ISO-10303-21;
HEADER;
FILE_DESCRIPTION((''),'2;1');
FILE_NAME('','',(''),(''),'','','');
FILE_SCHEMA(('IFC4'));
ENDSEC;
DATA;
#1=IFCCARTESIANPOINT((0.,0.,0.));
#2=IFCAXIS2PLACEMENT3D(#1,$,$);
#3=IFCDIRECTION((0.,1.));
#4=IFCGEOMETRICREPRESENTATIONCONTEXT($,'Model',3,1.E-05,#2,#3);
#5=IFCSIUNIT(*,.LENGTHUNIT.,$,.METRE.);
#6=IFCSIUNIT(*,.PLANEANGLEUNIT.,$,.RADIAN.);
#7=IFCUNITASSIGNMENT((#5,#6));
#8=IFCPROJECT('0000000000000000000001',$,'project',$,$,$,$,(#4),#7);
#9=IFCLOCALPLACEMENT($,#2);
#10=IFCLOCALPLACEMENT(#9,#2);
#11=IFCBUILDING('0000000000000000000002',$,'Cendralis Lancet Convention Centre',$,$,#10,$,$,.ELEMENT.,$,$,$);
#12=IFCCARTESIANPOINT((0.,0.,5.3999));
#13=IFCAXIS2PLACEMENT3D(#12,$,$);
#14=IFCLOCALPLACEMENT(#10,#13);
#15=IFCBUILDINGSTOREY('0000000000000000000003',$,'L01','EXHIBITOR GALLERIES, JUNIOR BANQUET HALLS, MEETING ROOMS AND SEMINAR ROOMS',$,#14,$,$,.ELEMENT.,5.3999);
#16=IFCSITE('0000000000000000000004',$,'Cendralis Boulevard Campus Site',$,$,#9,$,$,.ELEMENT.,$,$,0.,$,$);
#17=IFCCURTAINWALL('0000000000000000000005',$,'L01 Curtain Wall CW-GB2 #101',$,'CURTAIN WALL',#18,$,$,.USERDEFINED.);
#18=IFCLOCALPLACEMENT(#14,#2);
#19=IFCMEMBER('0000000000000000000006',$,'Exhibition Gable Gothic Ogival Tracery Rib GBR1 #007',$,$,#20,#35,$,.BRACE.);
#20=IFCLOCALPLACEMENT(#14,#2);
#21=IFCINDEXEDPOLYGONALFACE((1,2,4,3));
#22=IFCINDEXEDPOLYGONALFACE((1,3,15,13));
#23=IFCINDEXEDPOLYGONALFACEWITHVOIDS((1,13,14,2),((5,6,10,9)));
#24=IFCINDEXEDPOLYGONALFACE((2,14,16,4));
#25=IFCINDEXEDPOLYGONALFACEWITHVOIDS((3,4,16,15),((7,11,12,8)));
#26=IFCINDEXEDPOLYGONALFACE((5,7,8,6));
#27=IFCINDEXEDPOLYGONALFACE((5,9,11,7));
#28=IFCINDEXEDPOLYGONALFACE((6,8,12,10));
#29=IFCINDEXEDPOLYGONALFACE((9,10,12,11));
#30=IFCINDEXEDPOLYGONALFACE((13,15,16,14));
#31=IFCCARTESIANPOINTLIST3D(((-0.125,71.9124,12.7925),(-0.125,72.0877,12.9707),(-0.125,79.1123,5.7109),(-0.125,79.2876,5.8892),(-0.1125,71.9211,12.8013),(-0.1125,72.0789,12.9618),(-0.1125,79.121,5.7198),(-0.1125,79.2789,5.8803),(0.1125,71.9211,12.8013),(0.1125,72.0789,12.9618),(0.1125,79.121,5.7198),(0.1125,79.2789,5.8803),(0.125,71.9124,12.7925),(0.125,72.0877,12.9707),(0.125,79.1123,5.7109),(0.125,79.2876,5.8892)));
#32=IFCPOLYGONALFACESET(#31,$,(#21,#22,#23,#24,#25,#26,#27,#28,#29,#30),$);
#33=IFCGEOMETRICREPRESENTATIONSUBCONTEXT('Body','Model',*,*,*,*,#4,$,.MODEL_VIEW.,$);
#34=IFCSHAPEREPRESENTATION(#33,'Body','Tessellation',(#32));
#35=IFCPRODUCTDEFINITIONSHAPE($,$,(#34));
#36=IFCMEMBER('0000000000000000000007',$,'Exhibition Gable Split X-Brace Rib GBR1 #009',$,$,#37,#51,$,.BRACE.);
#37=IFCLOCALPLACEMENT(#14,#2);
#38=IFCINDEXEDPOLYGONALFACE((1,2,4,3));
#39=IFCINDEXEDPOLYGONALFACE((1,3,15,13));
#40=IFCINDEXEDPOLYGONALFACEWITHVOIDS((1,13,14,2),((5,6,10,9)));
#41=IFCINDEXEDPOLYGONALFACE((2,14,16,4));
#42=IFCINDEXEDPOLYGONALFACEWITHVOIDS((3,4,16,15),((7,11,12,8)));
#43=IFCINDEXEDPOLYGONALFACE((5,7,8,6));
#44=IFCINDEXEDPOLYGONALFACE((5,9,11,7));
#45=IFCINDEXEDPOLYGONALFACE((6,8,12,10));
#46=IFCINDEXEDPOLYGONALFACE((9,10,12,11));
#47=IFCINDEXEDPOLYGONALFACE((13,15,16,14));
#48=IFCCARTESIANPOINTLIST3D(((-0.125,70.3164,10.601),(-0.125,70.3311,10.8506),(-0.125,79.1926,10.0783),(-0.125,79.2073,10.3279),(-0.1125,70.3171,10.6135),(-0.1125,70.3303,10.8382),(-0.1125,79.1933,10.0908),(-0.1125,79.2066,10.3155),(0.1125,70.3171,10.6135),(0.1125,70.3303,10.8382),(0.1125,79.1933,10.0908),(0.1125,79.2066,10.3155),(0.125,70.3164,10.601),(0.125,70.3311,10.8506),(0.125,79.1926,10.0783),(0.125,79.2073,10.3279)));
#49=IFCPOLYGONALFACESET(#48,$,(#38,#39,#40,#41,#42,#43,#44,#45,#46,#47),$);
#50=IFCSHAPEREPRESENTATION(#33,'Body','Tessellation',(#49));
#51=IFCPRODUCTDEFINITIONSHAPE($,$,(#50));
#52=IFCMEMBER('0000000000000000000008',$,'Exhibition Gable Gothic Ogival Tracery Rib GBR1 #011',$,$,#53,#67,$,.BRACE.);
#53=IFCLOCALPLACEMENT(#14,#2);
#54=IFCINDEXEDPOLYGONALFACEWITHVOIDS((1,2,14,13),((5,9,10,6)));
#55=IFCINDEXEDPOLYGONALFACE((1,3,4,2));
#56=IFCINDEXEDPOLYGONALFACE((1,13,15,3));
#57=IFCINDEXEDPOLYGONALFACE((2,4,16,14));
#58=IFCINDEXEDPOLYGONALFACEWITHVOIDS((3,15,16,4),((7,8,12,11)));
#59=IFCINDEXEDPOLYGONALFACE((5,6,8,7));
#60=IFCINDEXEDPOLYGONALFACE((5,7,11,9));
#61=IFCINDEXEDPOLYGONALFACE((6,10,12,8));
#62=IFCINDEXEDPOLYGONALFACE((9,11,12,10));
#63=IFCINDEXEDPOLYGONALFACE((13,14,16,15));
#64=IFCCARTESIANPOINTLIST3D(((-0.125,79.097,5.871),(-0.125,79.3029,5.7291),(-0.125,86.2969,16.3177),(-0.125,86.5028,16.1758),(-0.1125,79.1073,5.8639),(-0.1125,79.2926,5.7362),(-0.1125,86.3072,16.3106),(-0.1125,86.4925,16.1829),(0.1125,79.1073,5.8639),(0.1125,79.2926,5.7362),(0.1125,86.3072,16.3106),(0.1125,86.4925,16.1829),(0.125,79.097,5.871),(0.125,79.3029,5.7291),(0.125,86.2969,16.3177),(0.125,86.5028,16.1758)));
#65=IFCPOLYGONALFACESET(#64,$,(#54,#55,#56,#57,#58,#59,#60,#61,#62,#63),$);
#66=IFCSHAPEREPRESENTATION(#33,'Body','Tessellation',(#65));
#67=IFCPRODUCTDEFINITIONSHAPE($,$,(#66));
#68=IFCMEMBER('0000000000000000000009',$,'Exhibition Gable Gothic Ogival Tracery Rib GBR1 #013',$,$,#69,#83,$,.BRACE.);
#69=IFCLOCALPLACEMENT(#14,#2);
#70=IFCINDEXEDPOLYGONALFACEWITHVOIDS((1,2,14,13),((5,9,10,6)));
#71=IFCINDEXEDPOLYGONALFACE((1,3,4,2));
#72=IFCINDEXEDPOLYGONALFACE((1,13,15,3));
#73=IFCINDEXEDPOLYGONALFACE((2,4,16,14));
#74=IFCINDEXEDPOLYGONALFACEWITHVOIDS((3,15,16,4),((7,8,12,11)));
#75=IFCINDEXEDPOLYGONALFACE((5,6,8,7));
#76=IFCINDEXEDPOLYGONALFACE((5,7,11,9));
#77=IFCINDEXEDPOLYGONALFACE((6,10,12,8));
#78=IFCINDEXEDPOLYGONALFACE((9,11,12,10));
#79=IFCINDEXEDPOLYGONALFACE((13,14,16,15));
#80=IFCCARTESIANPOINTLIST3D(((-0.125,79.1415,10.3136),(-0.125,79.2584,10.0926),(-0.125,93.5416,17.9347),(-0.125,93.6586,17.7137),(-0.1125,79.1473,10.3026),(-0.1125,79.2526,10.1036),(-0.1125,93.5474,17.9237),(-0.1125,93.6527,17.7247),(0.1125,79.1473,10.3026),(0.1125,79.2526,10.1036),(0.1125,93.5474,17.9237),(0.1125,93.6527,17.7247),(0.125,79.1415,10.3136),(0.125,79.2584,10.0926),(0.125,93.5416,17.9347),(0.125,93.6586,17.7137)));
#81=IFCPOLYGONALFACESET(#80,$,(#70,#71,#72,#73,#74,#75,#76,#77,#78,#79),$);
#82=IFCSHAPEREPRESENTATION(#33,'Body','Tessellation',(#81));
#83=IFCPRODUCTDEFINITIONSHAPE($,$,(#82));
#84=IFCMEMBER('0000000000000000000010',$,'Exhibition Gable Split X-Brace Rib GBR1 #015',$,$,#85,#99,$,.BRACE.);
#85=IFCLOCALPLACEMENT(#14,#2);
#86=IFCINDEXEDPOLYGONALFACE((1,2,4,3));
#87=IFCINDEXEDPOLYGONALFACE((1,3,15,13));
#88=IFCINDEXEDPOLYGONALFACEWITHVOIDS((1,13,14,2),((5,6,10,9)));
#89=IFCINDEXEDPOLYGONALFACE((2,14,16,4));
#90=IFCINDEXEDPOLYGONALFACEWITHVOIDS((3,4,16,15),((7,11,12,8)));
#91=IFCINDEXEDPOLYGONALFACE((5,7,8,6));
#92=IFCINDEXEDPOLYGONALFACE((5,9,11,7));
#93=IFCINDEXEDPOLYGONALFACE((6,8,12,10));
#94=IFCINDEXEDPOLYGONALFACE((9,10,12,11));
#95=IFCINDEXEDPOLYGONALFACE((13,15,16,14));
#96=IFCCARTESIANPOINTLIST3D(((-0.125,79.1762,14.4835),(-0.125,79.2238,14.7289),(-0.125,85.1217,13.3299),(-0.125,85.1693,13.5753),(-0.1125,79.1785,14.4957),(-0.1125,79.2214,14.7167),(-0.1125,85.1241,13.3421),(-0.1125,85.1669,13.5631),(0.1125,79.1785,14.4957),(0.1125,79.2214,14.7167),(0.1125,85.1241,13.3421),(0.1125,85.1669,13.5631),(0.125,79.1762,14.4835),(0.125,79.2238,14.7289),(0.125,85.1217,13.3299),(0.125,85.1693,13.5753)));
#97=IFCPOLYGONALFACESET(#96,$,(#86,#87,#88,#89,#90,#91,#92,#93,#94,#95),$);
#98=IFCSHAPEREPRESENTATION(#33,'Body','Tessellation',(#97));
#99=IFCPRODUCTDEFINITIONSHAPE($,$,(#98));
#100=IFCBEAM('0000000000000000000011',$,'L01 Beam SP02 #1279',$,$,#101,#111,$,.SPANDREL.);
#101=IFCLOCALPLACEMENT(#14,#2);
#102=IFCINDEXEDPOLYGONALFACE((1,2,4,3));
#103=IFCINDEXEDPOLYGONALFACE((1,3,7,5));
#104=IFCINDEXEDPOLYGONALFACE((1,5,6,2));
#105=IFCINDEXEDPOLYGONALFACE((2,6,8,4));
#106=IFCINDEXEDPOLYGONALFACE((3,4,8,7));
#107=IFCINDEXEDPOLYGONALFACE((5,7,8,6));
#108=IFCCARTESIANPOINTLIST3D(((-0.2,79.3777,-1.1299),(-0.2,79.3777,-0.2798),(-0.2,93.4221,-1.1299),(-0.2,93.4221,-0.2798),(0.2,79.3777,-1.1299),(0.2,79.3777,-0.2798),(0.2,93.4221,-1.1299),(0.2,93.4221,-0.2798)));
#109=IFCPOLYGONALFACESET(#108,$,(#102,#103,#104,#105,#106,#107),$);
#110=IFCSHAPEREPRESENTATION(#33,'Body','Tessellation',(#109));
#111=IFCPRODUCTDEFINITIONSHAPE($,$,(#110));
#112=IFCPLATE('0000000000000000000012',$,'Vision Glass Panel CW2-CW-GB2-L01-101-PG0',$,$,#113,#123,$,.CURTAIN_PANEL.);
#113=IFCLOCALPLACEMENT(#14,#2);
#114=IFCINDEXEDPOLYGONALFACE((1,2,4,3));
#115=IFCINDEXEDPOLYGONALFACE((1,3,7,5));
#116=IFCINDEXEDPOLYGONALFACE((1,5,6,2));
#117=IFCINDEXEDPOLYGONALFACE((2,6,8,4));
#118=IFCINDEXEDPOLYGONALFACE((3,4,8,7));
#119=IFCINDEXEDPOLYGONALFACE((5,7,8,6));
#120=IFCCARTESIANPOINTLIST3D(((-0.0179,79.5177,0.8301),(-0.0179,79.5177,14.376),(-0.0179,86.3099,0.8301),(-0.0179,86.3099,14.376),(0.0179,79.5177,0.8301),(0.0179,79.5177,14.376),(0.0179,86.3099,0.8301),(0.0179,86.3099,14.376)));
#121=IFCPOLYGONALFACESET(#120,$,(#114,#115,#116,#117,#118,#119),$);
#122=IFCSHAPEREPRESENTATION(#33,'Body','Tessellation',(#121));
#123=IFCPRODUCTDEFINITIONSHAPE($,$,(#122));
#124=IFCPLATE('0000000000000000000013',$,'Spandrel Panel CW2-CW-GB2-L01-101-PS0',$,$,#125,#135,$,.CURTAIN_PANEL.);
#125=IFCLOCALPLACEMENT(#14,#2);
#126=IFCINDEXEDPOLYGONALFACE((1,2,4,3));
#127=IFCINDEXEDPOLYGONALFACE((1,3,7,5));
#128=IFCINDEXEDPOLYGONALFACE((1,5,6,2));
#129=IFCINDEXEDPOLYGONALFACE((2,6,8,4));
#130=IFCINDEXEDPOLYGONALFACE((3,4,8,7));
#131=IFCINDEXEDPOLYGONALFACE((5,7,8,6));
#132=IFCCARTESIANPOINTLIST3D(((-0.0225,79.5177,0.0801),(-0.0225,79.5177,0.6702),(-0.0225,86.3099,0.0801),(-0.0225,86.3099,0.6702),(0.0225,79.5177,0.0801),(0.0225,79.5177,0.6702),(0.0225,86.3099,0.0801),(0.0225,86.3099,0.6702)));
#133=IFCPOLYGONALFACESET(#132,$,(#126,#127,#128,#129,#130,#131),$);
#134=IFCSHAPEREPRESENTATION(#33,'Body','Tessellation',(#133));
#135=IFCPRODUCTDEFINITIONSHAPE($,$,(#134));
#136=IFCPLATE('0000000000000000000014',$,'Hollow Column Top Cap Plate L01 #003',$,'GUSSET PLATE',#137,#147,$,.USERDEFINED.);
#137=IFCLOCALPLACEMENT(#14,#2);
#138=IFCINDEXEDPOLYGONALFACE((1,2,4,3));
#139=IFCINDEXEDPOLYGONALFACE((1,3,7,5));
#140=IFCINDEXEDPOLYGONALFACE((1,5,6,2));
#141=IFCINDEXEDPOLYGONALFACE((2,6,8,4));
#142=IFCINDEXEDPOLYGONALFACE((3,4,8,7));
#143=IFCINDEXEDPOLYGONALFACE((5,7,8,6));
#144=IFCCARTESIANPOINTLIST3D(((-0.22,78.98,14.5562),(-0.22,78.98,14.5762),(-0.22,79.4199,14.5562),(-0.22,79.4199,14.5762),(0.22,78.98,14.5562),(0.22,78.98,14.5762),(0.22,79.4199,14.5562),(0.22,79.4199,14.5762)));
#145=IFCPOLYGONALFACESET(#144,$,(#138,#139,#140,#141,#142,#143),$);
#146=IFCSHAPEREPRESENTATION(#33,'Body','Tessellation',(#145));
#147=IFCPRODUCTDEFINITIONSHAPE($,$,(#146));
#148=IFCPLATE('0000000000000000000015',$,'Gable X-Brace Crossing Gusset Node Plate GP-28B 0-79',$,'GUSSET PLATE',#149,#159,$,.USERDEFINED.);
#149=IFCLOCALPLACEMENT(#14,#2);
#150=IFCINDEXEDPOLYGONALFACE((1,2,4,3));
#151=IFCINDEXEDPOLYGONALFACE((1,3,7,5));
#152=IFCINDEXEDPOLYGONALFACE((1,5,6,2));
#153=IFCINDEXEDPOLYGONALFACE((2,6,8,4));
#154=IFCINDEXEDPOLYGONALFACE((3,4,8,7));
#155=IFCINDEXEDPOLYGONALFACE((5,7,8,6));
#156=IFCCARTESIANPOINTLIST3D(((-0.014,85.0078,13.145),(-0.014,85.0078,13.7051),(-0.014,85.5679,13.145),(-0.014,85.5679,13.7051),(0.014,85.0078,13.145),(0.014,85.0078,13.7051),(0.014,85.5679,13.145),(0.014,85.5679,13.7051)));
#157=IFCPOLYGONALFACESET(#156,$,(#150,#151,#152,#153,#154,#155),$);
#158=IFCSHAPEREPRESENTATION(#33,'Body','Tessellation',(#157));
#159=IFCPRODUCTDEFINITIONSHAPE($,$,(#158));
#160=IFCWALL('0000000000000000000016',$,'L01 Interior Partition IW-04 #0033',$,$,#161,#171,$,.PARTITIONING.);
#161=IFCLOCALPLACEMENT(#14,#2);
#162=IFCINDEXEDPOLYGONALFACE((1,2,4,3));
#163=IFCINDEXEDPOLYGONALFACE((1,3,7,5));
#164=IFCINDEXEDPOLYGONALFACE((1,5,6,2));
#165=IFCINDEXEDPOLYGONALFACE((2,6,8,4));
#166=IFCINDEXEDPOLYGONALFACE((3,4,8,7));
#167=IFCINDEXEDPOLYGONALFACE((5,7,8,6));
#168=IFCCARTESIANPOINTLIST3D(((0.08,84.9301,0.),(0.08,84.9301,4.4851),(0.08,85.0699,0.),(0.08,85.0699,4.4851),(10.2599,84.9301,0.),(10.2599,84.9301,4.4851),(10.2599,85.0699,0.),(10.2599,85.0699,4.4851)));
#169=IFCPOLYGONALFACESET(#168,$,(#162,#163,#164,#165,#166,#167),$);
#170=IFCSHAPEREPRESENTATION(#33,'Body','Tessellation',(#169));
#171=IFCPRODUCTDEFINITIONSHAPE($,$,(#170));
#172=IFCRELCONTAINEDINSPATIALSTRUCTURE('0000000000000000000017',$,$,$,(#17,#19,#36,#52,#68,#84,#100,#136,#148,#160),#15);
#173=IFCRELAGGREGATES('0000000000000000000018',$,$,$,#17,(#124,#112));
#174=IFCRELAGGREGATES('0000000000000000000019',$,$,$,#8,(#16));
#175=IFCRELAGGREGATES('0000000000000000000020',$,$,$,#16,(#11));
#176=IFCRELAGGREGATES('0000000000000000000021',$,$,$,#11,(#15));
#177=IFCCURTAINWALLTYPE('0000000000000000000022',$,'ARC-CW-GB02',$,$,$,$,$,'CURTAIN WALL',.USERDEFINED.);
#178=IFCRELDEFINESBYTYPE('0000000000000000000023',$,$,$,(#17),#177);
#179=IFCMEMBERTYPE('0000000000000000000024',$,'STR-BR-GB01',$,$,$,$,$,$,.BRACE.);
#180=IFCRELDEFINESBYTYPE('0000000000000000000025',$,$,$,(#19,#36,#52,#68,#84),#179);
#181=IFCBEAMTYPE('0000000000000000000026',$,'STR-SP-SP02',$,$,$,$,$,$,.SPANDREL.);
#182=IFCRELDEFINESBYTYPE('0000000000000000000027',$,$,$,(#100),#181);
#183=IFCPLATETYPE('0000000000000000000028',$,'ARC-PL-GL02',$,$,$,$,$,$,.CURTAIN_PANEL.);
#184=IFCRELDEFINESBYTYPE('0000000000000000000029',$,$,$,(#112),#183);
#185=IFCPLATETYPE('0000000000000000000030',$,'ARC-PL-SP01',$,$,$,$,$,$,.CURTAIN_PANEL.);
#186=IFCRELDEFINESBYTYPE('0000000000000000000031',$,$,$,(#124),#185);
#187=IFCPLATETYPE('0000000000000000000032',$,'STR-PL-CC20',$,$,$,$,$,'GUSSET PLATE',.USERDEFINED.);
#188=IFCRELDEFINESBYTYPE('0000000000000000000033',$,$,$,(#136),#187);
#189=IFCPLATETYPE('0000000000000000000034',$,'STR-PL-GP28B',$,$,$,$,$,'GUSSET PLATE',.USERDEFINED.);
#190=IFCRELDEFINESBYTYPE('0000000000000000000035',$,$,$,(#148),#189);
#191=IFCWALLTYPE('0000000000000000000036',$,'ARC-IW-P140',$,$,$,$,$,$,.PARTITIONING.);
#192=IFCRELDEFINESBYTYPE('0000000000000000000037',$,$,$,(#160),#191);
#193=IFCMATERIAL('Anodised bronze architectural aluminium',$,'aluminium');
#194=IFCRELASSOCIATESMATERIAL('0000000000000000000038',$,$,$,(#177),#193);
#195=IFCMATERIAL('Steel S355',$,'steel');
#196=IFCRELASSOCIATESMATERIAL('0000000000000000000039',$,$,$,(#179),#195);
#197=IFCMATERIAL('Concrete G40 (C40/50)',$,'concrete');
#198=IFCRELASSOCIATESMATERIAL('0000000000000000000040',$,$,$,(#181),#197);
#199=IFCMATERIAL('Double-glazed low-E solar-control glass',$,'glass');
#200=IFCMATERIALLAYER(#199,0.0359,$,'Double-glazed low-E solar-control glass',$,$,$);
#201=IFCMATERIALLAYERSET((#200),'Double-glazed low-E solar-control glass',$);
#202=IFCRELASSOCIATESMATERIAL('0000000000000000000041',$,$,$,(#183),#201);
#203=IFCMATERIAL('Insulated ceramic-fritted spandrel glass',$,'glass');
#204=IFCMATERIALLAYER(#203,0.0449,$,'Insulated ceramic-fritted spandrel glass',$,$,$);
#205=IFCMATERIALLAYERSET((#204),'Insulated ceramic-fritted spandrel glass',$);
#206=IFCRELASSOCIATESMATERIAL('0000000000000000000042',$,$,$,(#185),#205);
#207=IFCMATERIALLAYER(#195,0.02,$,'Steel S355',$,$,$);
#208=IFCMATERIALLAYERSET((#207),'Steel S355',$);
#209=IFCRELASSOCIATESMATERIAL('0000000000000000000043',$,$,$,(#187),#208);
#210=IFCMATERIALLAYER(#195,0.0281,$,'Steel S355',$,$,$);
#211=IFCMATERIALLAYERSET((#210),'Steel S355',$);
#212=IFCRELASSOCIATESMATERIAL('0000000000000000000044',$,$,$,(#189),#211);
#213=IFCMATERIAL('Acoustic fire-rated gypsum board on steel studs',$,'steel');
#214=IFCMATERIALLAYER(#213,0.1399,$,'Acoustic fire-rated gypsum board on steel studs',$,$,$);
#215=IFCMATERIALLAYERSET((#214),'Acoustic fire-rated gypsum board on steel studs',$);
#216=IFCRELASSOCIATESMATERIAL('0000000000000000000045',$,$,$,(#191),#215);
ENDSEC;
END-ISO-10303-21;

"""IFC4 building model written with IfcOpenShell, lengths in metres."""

from ifc_helpers import new_model, si_unit, direction, frame, frame_2d, origin, origin_2d, place, context, subcontext, project, spatial, rectangle, hollow_rectangle, extrude, material, layer, layer_set, material_profile, profile_set, type_object, element, aggregate, save


model = new_model("IFC4")

# Units and contexts
model_context = context("Model", 3, precision=1e-05, world=origin(), true_north=direction((0.0, 1.0)))
body_context = subcontext(model_context, "Body", "Model", "MODEL_VIEW")
ifc_project = project(units=[si_unit("LENGTHUNIT", "METRE"), si_unit("PLANEANGLEUNIT", "RADIAN")], contexts=[model_context])

# Site, building, storey
site_placement = place(None, origin())
site = spatial("IfcSite", under=ifc_project, at=site_placement, Name="Cendralis Boulevard Campus Site", CompositionType="ELEMENT", RefElevation=0.0)
building_placement = place(site_placement, origin())
building = spatial("IfcBuilding", under=site, at=building_placement, Name="Cendralis Lancet Convention Centre", CompositionType="ELEMENT")
storey_placement = place(building_placement, frame((0.0, 0.0, 5.3999)))
storey = spatial("IfcBuildingStorey", under=building, at=storey_placement, Name="L01", Description="EXHIBITOR GALLERIES, JUNIOR BANQUET HALLS, MEETING ROOMS AND SEMINAR ROOMS", CompositionType="ELEMENT", Elevation=5.3999)

# Curtain wall
ifc_material_1 = material(Name="Anodised bronze architectural aluminium", Category="aluminium")
curtain_wall_type = type_object("IfcCurtainWallType", Name="ARC-CW-GB02", ElementType="CURTAIN WALL", PredefinedType="USERDEFINED", material=ifc_material_1)
curtain_wall_placement = place(storey_placement, origin())
curtain_wall = element("IfcCurtainWall", 1, at=curtain_wall_placement, inside=storey, type_object=curtain_wall_type, Name="L01 Curtain Wall CW-GB2 #101", ObjectType="CURTAIN WALL", PredefinedType="USERDEFINED")

# Shared definitions
ifc_material_2 = material(Name="Concrete G40 (C40/50)", Category="concrete")
ifc_material_3 = material(Name="Steel S355", Category="steel")

# Members
ifc_material_profile_1 = material_profile(ifc_material_3, hollow_rectangle(XDim=0.25, YDim=0.25, WallThickness=0.0125, at=origin_2d()), Name="SHS 250x250x12.5")
ifc_profile_set_1 = profile_set([ifc_material_profile_1], Name="Steel S355")
member_type_1 = type_object("IfcMemberType", Name="STR-BR-GB01", PredefinedType="BRACE", material=ifc_profile_set_1)
member_1_placement = place(storey_placement, frame((0.0, 79.2, 5.8), z_axis=(0.0, -0.712945, 0.70122), x_axis=(1.0, 0.0, 0.0)))
element("IfcMember", 2, at=member_1_placement, inside=storey, type_object=member_type_1, Name="Exhibition Gable Gothic Ogival Tracery Rib GBR1 #007", PredefinedType="BRACE", context=body_context, shape_type="SweptSolid", body=[
    extrude(hollow_rectangle(XDim=0.25, YDim=0.25, WallThickness=0.0125, at=origin_2d()), origin(), (0.0, 0.0, 1.0), 10.0989),
])
member_2_placement = place(storey_placement, frame((0.0, 79.2, 10.2031), z_axis=(0.0, -0.998271, 0.058786), x_axis=(1.0, 0.0, 0.0)))
element("IfcMember", 3, at=member_2_placement, inside=storey, type_object=member_type_1, Name="Exhibition Gable Split X-Brace Rib GBR1 #009", PredefinedType="BRACE", context=body_context, shape_type="SweptSolid", body=[
    extrude(hollow_rectangle(XDim=0.25, YDim=0.25, WallThickness=0.0125, at=origin_2d()), origin(), (0.0, 0.0, 1.0), 8.8916),
])
member_3_placement = place(storey_placement, frame((0.0, 79.2, 5.8), z_axis=(0.0, 0.567481, 0.823387), x_axis=(-1.0, 0.0, 0.0)))
element("IfcMember", 4, at=member_3_placement, inside=storey, type_object=member_type_1, Name="Exhibition Gable Gothic Ogival Tracery Rib GBR1 #011", PredefinedType="BRACE", context=body_context, shape_type="SweptSolid", body=[
    extrude(hollow_rectangle(XDim=0.25, YDim=0.25, WallThickness=0.0125, at=origin_2d()), origin(), (0.0, 0.0, 1.0), 12.6875),
])
member_4_placement = place(storey_placement, frame((0.0, 79.2, 10.2031), z_axis=(0.0, 0.883852, 0.467767), x_axis=(-1.0, 0.0, 0.0)))
element("IfcMember", 5, at=member_4_placement, inside=storey, type_object=member_type_1, Name="Exhibition Gable Gothic Ogival Tracery Rib GBR1 #013", PredefinedType="BRACE", context=body_context, shape_type="SweptSolid", body=[
    extrude(hollow_rectangle(XDim=0.25, YDim=0.25, WallThickness=0.0125, at=origin_2d()), origin(), (0.0, 0.0, 1.0), 16.2925),
])
member_5_placement = place(storey_placement, frame((0.0, 85.1455, 13.4526), z_axis=(0.0, -0.981693, 0.190469), x_axis=(1.0, 0.0, 0.0)))
element("IfcMember", 6, at=member_5_placement, inside=storey, type_object=member_type_1, Name="Exhibition Gable Split X-Brace Rib GBR1 #015", PredefinedType="BRACE", context=body_context, shape_type="SweptSolid", body=[
    extrude(hollow_rectangle(XDim=0.25, YDim=0.25, WallThickness=0.0125, at=origin_2d()), origin(), (0.0, 0.0, 1.0), 6.0564),
])

# Beam
ifc_material_profile_2 = material_profile(ifc_material_2, rectangle(XDim=0.3999, YDim=0.8501, at=origin_2d()), Name="RCB 400x850")
ifc_profile_set_2 = profile_set([ifc_material_profile_2], Name="Concrete G40 (C40/50)")
beam_type_1 = type_object("IfcBeamType", Name="STR-SP-SP02", PredefinedType="SPANDREL", material=ifc_profile_set_2)
beam_1_placement = place(storey_placement, frame((0.0, 79.3777, -0.7048), z_axis=(0.0, 1.0, 0.0), x_axis=(-1.0, 0.0, 0.0)))
element("IfcBeam", 7, at=beam_1_placement, inside=storey, type_object=beam_type_1, Name="L01 Beam SP02 #1279", PredefinedType="SPANDREL", context=body_context, shape_type="SweptSolid", body=[
    extrude(rectangle(XDim=0.3999, YDim=0.8501, at=origin_2d()), origin(), (0.0, 0.0, 1.0), 14.0444),
])

# Plates
ifc_material_4 = material(Name="Double-glazed low-E solar-control glass", Category="glass")
ifc_layer_1 = layer(ifc_material_4, 0.0359, Name="Double-glazed low-E solar-control glass")
ifc_layer_set_1 = layer_set([ifc_layer_1], Name="Double-glazed low-E solar-control glass")
plate_type_1 = type_object("IfcPlateType", Name="ARC-PL-GL02", PredefinedType="CURTAIN_PANEL", material=ifc_layer_set_1)
plate_1_placement = place(storey_placement, frame((0.0, 82.9138, 0.8301), z_axis=(0.0, 0.0, 1.0), x_axis=(0.0, 1.0, 0.0)))
plate_1 = element("IfcPlate", 8, at=plate_1_placement, type_object=plate_type_1, Name="Vision Glass Panel CW2-CW-GB2-L01-101-PG0", PredefinedType="CURTAIN_PANEL", context=body_context, shape_type="SweptSolid", body=[
    extrude(rectangle(XDim=6.7922, YDim=0.0359, at=origin_2d()), origin(), (0.0, 0.0, 1.0), 13.5459),
])
ifc_material_5 = material(Name="Insulated ceramic-fritted spandrel glass", Category="glass")
ifc_layer_2 = layer(ifc_material_5, 0.0449, Name="Insulated ceramic-fritted spandrel glass")
ifc_layer_set_2 = layer_set([ifc_layer_2], Name="Insulated ceramic-fritted spandrel glass")
plate_type_2 = type_object("IfcPlateType", Name="ARC-PL-SP01", PredefinedType="CURTAIN_PANEL", material=ifc_layer_set_2)
plate_2_placement = place(storey_placement, frame((0.0, 82.9138, 0.0801), z_axis=(0.0, 0.0, 1.0), x_axis=(0.0, 1.0, 0.0)))
plate_2 = element("IfcPlate", 9, at=plate_2_placement, type_object=plate_type_2, Name="Spandrel Panel CW2-CW-GB2-L01-101-PS0", PredefinedType="CURTAIN_PANEL", context=body_context, shape_type="SweptSolid", body=[
    extrude(rectangle(XDim=6.7922, YDim=0.0449, at=origin_2d()), origin(), (0.0, 0.0, 1.0), 0.5901),
])
aggregate(curtain_wall, [plate_2, plate_1])

# Plates
ifc_layer_3 = layer(ifc_material_3, 0.02, Name="Steel S355")
ifc_layer_set_3 = layer_set([ifc_layer_3], Name="Steel S355")
plate_type_3 = type_object("IfcPlateType", Name="STR-PL-CC20", ElementType="GUSSET PLATE", PredefinedType="USERDEFINED", material=ifc_layer_set_3)
plate_3_placement = place(storey_placement, frame((0.0, 79.2, 14.5562), z_axis=(0.0, 0.0, 1.0), x_axis=(1.0, 0.0, 0.0)))
element("IfcPlate", 10, at=plate_3_placement, inside=storey, type_object=plate_type_3, Name="Hollow Column Top Cap Plate L01 #003", ObjectType="GUSSET PLATE", PredefinedType="USERDEFINED", context=body_context, shape_type="SweptSolid", body=[
    extrude(rectangle(XDim=0.4399, YDim=0.4399, at=origin_2d()), origin(), (0.0, 0.0, 1.0), 0.02),
])
ifc_layer_4 = layer(ifc_material_3, 0.0281, Name="Steel S355")
ifc_layer_set_4 = layer_set([ifc_layer_4], Name="Steel S355")
plate_type_4 = type_object("IfcPlateType", Name="STR-PL-GP28B", ElementType="GUSSET PLATE", PredefinedType="USERDEFINED", material=ifc_layer_set_4)
plate_4_placement = place(storey_placement, frame((0.0, 85.2878, 13.145), z_axis=(0.0, 0.0, 1.0), x_axis=(0.0, 1.0, 0.0)))
element("IfcPlate", 11, at=plate_4_placement, inside=storey, type_object=plate_type_4, Name="Gable X-Brace Crossing Gusset Node Plate GP-28B 0-79", ObjectType="GUSSET PLATE", PredefinedType="USERDEFINED", context=body_context, shape_type="SweptSolid", body=[
    extrude(rectangle(XDim=0.5601, YDim=0.0281, at=origin_2d()), origin(), (0.0, 0.0, 1.0), 0.5601),
])

# Wall
ifc_material_6 = material(Name="Acoustic fire-rated gypsum board on steel studs", Category="steel")
ifc_layer_5 = layer(ifc_material_6, 0.1399, Name="Acoustic fire-rated gypsum board on steel studs")
ifc_layer_set_5 = layer_set([ifc_layer_5], Name="Acoustic fire-rated gypsum board on steel studs")
wall_type_1 = type_object("IfcWallType", Name="ARC-IW-P140", PredefinedType="PARTITIONING", material=ifc_layer_set_5)
wall_1_placement = place(storey_placement, frame((0.0801, 85.0, 0.0), z_axis=(0.0, 0.0, 1.0), x_axis=(1.0, 0.0, 0.0)))
element("IfcWall", 12, at=wall_1_placement, inside=storey, type_object=wall_type_1, Name="L01 Interior Partition IW-04 #0033", PredefinedType="PARTITIONING", context=body_context, shape_type="SweptSolid", body=[
    extrude(rectangle(XDim=10.1799, YDim=0.1399, at=frame_2d((5.0898, 0.0))), origin(), (0.0, 0.0, 1.0), 4.4851),
])

save(model, "model.ifc")
